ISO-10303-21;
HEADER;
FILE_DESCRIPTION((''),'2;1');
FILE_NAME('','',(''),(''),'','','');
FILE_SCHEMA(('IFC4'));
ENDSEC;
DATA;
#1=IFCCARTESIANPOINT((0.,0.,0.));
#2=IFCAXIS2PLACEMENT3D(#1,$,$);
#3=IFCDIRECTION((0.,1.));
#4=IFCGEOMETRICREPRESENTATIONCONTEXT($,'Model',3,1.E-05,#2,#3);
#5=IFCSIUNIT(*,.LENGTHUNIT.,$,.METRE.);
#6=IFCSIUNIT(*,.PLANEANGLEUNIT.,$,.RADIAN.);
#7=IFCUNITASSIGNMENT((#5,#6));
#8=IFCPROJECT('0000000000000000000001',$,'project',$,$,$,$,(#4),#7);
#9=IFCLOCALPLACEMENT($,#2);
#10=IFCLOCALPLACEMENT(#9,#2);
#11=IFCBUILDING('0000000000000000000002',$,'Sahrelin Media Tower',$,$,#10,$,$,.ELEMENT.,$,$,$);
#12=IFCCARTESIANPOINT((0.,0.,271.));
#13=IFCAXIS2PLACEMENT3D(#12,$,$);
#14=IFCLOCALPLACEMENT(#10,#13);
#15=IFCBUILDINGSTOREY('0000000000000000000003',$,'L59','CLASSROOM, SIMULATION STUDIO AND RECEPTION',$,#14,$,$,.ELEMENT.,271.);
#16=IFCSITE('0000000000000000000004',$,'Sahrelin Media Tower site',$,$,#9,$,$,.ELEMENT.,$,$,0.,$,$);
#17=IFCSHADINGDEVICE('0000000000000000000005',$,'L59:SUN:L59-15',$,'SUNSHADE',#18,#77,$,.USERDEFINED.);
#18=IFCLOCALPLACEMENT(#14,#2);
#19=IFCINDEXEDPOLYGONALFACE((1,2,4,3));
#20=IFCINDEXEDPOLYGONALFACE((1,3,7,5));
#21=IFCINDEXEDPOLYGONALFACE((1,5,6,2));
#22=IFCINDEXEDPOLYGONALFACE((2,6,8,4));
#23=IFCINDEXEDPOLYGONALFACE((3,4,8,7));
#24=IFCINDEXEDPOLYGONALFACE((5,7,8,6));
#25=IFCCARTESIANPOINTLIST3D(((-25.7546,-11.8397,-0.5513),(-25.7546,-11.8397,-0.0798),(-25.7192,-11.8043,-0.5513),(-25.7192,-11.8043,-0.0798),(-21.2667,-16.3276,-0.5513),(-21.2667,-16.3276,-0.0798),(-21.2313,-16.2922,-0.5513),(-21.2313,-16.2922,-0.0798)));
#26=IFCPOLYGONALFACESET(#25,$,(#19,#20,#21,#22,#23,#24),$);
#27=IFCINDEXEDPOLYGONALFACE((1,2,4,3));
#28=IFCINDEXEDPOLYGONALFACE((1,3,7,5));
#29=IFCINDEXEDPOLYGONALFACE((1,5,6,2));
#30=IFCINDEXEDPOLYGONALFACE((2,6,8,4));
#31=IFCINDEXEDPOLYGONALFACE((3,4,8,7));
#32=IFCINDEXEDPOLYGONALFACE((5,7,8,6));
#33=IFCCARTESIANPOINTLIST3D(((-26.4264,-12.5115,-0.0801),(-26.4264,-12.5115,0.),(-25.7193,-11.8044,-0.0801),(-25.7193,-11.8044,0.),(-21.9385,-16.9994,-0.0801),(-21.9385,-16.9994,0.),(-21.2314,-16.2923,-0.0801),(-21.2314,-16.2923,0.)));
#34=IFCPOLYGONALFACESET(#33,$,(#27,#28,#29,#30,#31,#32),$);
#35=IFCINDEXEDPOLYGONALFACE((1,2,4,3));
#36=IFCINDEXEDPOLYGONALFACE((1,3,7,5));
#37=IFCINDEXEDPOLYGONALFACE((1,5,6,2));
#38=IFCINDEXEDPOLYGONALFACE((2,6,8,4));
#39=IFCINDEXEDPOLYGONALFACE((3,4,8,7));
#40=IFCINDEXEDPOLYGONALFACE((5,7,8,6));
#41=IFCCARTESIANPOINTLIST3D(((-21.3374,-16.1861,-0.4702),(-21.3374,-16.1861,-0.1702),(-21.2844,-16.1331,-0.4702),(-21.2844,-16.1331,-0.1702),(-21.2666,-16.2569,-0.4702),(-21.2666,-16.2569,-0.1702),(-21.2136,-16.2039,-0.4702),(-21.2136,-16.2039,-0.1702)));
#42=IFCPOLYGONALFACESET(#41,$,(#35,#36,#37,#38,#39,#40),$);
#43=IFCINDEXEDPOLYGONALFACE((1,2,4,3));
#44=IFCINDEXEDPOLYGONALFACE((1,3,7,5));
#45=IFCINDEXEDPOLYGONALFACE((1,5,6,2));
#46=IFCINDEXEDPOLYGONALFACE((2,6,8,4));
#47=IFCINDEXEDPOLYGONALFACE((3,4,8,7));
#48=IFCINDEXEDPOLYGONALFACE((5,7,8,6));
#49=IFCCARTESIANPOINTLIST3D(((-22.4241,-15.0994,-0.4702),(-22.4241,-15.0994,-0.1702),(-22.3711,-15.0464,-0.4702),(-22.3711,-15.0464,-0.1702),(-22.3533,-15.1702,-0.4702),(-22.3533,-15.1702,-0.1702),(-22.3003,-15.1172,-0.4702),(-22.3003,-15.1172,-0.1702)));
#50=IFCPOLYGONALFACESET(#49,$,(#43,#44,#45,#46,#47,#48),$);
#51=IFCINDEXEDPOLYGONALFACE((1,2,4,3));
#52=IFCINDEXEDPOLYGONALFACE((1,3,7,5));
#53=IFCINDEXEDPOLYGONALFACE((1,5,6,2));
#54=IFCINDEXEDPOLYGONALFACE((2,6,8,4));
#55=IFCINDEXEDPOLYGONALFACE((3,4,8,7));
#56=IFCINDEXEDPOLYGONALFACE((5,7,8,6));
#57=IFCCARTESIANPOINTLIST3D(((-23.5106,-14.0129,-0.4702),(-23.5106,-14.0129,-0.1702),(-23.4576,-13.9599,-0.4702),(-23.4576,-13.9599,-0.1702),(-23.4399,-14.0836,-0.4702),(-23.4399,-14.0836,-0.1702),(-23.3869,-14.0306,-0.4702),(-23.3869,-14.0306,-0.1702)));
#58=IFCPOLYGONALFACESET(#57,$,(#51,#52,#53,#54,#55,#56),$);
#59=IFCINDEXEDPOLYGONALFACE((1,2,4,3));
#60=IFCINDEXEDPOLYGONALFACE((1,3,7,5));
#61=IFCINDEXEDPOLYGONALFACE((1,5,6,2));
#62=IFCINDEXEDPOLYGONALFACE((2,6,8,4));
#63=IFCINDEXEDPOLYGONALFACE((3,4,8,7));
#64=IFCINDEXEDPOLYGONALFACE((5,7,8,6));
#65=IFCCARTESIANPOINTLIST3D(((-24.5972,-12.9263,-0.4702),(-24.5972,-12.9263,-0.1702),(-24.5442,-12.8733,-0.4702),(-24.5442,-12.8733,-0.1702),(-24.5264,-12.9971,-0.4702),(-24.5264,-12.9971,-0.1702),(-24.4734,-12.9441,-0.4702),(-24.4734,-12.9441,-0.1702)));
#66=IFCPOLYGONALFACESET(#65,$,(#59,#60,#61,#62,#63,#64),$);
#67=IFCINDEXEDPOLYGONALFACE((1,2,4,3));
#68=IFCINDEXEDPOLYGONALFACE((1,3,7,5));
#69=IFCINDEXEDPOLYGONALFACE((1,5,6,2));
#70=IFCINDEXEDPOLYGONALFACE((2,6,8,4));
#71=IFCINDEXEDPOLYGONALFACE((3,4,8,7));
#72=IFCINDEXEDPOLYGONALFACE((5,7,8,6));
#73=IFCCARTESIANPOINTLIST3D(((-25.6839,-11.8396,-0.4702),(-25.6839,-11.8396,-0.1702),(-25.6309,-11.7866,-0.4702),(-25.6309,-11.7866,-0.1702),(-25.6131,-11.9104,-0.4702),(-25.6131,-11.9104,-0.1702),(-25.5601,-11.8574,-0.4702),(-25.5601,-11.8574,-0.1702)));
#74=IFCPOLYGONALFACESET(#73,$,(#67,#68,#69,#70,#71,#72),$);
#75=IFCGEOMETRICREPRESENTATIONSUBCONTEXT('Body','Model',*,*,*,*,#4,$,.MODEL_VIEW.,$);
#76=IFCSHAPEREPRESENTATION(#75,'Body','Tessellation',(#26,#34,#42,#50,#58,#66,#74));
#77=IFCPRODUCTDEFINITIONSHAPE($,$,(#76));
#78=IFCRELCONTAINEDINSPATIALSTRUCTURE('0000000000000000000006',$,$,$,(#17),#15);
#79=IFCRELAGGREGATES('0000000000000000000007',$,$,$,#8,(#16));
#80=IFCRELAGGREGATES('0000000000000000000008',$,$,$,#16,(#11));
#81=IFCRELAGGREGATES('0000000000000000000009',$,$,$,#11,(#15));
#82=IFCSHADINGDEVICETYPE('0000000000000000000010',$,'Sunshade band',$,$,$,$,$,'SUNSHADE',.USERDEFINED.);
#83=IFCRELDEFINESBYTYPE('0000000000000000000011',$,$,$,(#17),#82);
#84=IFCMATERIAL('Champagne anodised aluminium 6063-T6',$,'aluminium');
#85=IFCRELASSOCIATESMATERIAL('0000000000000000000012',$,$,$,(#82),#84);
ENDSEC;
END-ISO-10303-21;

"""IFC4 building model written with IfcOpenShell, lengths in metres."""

from ifc_helpers import new_model, si_unit, direction, frame, origin, origin_2d, place, context, subcontext, project, spatial, rectangle, extrude, material, type_object, element, save


model = new_model("IFC4")

# Units and contexts
model_context = context("Model", 3, precision=1e-05, world=origin(), true_north=direction((0.0, 1.0)))
body_context = subcontext(model_context, "Body", "Model", "MODEL_VIEW")
ifc_project = project(units=[si_unit("LENGTHUNIT", "METRE"), si_unit("PLANEANGLEUNIT", "RADIAN")], contexts=[model_context])

# Site, building, storey
site_placement = place(None, origin())
site = spatial("IfcSite", under=ifc_project, at=site_placement, Name="Sahrelin Media Tower site", CompositionType="ELEMENT", RefElevation=0.0)
building_placement = place(site_placement, origin())
building = spatial("IfcBuilding", under=site, at=building_placement, Name="Sahrelin Media Tower", CompositionType="ELEMENT")
storey_placement = place(building_placement, frame((0.0, 0.0, 271.0)))
storey = spatial("IfcBuildingStorey", under=building, at=storey_placement, Name="L59", Description="CLASSROOM, SIMULATION STUDIO AND RECEPTION", CompositionType="ELEMENT", Elevation=271.0)

# Shared definitions
ifc_material_1 = material(Name="Champagne anodised aluminium 6063-T6", Category="aluminium")

# Shared definitions
placement_1 = place(storey_placement, frame((-23.4612, -14.0342, 0.0), z_axis=(0.0, 0.0, 1.0), x_axis=(-0.707107, 0.707107, 0.0)))

# Shading device
shading_device_type_1 = type_object("IfcShadingDeviceType", Name="Sunshade band", ElementType="SUNSHADE", PredefinedType="USERDEFINED", material=ifc_material_1)
element("IfcShadingDevice", 1, at=placement_1, inside=storey, type_object=shading_device_type_1, Name="L59:SUN:L59-15", ObjectType="SUNSHADE", PredefinedType="USERDEFINED", context=body_context, shape_type="SweptSolid", body=[
    extrude(rectangle(XDim=6.3469, YDim=0.05, at=origin_2d()), frame((0.0, 0.0449, -0.5513)), (0.0, 0.0, 1.0), 0.4714),
    extrude(rectangle(XDim=6.3469, YDim=1.0, at=origin_2d()), frame((0.0, 0.52, -0.0801)), (0.0, 0.0, 1.0), 0.0801),
    extrude(rectangle(XDim=0.1001, YDim=0.075, at=origin_2d()), frame((-3.0735, -0.0176, -0.4702)), (0.0, 0.0, 1.0), 0.3),
    extrude(rectangle(XDim=0.1001, YDim=0.075, at=origin_2d()), frame((-1.5366, -0.0176, -0.4702)), (0.0, 0.0, 1.0), 0.3),
    extrude(rectangle(XDim=0.1001, YDim=0.075, at=origin_2d()), frame((0.0, -0.0176, -0.4702)), (0.0, 0.0, 1.0), 0.3),
    extrude(rectangle(XDim=0.1001, YDim=0.075, at=origin_2d()), frame((1.5366, -0.0176, -0.4702)), (0.0, 0.0, 1.0), 0.3),
    extrude(rectangle(XDim=0.1001, YDim=0.075, at=origin_2d()), frame((3.0735, -0.0176, -0.4702)), (0.0, 0.0, 1.0), 0.3),
])

save(model, "model.ifc")
